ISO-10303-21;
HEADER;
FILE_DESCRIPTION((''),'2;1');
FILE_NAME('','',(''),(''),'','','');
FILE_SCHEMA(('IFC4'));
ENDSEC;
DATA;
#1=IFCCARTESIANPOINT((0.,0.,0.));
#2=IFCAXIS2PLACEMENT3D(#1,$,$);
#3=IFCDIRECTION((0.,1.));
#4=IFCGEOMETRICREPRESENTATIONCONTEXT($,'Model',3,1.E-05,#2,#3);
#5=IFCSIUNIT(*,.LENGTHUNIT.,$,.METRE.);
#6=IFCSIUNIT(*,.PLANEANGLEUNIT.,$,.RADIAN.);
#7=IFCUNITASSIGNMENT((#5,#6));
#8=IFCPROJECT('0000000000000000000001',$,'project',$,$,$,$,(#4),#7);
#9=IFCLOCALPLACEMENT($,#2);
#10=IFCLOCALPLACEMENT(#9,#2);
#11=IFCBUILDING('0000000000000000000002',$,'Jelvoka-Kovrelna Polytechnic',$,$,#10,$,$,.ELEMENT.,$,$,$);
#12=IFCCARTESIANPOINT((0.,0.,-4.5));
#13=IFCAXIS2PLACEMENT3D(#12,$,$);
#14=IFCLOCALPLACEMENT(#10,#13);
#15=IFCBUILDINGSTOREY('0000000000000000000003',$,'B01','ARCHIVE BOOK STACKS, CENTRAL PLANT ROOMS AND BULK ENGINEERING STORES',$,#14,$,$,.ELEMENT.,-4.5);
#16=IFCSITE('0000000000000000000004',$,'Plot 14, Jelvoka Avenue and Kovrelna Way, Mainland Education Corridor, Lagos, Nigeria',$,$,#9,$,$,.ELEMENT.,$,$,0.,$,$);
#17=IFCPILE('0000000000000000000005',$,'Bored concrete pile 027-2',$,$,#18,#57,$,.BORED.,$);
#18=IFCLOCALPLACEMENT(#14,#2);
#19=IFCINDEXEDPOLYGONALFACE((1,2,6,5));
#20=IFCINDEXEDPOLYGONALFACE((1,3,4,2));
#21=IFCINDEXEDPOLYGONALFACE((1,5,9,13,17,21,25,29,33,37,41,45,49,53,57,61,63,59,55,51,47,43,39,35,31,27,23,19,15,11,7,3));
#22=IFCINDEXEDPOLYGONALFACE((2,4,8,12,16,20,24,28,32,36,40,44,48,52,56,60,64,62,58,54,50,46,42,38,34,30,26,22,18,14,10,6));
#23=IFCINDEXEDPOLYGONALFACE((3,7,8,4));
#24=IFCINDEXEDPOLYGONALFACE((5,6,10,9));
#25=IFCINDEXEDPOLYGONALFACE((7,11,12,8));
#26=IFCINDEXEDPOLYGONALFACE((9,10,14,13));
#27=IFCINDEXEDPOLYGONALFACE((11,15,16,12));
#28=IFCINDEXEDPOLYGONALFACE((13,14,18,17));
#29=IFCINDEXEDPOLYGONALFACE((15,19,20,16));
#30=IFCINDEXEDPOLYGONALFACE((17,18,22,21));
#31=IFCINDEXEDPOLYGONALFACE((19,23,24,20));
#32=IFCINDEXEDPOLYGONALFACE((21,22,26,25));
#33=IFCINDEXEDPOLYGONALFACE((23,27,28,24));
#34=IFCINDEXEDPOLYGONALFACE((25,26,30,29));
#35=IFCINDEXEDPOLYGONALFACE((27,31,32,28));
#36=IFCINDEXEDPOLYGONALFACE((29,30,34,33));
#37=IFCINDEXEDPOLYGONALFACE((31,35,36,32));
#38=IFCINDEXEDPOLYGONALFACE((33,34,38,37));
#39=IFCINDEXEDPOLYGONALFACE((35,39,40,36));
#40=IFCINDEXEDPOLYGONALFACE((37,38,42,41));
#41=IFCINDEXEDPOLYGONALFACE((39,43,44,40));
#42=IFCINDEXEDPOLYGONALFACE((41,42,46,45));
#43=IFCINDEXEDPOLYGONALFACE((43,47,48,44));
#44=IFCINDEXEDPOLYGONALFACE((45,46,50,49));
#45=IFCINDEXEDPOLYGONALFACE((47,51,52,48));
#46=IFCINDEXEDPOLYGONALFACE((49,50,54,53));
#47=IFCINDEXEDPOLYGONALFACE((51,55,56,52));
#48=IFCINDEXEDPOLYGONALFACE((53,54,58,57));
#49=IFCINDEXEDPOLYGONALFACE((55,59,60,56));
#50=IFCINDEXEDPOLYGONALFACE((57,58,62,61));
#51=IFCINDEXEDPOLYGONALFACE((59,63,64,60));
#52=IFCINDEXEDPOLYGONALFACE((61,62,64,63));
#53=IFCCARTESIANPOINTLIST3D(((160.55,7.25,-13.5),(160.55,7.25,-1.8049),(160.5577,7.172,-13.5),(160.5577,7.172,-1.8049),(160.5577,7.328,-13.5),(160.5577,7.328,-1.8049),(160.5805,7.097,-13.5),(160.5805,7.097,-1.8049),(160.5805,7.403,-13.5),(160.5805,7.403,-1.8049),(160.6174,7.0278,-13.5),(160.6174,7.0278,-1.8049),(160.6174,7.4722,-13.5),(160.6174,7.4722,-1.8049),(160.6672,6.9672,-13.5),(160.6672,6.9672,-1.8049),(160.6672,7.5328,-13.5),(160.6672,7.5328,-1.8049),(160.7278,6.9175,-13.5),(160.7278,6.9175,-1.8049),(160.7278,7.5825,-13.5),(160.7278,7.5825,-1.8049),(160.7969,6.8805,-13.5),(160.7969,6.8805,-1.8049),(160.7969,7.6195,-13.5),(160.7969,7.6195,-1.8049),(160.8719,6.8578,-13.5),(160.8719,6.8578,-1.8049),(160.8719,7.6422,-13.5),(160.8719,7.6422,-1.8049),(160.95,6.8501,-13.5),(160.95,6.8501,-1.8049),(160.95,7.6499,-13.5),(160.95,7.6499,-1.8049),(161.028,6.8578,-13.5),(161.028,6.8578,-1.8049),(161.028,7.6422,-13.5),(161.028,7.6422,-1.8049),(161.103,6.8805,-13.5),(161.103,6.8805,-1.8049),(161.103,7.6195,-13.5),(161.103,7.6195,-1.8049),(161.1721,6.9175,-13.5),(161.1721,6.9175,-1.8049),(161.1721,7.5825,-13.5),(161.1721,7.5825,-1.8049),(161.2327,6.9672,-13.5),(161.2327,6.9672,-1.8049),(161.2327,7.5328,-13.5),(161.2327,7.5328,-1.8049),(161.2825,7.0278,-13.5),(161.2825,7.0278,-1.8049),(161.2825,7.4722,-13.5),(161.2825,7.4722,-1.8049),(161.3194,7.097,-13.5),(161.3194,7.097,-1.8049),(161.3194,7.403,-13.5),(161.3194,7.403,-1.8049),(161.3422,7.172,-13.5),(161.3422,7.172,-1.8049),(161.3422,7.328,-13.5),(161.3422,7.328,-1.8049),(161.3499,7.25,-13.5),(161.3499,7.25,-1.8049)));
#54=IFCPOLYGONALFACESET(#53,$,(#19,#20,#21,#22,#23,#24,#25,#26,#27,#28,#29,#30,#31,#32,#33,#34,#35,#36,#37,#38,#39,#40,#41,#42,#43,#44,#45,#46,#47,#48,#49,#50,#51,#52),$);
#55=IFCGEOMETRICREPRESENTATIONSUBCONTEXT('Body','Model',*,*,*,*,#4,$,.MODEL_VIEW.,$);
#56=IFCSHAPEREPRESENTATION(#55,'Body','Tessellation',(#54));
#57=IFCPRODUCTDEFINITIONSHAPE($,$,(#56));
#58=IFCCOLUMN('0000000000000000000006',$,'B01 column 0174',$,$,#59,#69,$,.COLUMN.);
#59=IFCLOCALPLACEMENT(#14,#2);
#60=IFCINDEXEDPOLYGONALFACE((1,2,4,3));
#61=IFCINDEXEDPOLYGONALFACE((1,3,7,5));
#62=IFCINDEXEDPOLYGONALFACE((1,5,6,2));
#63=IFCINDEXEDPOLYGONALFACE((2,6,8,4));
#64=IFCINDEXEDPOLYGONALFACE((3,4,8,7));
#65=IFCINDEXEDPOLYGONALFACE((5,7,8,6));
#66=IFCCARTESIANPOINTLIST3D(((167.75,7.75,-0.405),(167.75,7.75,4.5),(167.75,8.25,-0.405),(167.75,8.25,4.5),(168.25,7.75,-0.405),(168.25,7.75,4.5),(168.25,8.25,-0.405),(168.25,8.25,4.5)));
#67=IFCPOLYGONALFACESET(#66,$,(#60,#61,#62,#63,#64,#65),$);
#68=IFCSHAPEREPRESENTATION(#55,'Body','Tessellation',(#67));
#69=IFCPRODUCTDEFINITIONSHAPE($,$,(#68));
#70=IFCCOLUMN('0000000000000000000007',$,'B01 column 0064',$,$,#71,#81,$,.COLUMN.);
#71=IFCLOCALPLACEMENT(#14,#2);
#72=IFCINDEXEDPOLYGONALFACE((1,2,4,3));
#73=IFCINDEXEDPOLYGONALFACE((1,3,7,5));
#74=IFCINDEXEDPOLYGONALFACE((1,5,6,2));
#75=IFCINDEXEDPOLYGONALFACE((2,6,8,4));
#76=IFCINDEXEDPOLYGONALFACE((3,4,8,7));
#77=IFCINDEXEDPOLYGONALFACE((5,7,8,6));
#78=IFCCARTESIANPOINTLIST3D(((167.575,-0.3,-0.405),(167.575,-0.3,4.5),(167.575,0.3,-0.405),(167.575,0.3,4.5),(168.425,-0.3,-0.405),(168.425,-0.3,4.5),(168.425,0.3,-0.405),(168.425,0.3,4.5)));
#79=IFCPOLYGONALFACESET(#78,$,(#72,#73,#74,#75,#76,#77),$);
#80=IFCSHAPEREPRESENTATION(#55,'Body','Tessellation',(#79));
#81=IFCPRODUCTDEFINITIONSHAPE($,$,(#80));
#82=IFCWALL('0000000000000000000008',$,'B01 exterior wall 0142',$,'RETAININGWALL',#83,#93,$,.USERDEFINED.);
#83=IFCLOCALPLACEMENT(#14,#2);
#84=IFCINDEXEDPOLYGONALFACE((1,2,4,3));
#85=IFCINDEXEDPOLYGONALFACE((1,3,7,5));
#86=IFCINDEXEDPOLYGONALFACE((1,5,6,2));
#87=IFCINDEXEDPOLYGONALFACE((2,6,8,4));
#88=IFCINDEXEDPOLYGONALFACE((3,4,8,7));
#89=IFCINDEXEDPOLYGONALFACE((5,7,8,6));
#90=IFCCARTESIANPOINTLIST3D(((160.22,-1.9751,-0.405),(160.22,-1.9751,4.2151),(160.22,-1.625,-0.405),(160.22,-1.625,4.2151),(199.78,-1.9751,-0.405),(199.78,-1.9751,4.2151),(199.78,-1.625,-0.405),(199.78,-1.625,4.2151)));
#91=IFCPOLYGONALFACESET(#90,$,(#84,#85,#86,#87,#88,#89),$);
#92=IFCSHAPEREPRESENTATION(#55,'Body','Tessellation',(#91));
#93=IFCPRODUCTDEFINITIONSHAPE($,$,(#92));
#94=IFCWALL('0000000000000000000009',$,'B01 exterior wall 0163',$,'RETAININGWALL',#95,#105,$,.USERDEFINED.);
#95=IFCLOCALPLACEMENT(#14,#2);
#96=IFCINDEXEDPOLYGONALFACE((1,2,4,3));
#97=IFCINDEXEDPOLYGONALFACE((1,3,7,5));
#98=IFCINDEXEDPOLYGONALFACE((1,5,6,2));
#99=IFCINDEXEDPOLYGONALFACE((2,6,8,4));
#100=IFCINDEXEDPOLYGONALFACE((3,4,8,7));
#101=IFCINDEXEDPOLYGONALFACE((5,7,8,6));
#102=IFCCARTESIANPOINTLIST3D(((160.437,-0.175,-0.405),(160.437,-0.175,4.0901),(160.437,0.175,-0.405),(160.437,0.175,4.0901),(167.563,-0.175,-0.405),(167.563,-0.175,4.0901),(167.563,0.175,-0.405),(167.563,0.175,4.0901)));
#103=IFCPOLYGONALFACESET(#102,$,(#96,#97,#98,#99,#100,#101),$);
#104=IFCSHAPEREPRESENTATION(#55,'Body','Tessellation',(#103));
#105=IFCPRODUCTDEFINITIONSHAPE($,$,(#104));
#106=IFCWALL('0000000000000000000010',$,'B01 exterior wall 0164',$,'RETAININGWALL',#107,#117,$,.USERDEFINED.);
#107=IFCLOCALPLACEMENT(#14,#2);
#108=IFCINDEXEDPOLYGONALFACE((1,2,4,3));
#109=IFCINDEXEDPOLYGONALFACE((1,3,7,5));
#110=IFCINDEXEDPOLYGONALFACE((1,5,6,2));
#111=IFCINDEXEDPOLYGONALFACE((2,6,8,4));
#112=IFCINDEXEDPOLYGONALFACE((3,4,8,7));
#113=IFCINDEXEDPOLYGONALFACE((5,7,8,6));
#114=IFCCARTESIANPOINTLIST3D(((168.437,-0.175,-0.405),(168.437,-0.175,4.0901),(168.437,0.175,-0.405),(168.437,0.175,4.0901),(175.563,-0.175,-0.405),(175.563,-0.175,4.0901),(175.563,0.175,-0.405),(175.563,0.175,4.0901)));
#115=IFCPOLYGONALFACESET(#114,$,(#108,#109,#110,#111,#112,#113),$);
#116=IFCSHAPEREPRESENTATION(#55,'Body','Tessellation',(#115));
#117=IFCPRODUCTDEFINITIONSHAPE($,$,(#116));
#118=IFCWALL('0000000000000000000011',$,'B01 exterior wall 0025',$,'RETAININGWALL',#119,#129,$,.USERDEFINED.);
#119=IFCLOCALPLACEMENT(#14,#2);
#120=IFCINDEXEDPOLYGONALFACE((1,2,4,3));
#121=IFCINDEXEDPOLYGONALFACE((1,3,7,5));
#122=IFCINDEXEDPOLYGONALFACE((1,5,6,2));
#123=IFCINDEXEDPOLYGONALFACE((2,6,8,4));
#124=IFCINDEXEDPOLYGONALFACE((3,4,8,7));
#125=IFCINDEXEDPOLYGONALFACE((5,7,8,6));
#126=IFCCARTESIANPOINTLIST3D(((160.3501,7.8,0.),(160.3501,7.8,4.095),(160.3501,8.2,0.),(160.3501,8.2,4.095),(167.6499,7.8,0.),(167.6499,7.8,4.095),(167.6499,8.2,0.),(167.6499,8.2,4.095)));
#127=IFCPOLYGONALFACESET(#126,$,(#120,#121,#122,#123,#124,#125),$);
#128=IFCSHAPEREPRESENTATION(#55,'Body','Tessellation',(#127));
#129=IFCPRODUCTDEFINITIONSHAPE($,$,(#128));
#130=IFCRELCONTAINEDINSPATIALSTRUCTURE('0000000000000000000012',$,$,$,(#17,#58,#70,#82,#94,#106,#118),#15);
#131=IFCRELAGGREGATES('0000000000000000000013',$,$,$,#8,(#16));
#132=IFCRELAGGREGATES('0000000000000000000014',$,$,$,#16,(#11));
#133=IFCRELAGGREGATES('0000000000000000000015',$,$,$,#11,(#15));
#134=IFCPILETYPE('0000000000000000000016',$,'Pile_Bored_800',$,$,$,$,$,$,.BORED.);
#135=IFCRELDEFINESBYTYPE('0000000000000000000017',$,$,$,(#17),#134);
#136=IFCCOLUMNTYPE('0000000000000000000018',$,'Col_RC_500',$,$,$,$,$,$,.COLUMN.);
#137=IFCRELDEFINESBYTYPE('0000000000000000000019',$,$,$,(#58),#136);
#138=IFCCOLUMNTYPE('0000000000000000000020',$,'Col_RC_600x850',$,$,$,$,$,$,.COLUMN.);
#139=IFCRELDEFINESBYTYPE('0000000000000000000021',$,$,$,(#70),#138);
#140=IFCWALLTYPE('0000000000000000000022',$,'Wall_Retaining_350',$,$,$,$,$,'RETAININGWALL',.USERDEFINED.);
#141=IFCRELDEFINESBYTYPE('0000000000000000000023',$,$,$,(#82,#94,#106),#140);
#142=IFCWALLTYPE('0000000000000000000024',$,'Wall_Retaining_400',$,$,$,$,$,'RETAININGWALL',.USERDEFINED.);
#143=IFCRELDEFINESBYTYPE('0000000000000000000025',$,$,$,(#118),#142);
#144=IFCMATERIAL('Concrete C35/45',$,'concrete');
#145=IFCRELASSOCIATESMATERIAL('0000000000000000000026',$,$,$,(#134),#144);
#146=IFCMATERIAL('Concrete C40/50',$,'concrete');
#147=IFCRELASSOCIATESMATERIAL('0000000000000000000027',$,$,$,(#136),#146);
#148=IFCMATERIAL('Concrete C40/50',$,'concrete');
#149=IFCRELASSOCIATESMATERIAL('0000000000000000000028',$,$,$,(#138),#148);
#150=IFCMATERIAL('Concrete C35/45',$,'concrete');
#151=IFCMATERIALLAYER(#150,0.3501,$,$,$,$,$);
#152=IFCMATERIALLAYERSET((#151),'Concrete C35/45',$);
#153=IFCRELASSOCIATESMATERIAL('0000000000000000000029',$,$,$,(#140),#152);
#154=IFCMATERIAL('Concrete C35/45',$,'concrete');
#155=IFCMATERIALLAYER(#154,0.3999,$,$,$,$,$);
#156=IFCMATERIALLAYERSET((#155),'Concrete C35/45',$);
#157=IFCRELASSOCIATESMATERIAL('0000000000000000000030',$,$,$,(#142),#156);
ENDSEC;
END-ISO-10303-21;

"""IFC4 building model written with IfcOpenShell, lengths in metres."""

from ifc_helpers import new_model, si_unit, direction, frame, frame_2d, origin, origin_2d, place, context, subcontext, project, spatial, rectangle, circle, extrude, material, layer, layer_set, material_profile, profile_set, type_object, element, save


model = new_model("IFC4")

# Units and contexts
model_context = context("Model", 3, precision=1e-05, world=origin(), true_north=direction((0.0, 1.0)))
body_context = subcontext(model_context, "Body", "Model", "MODEL_VIEW")
ifc_project = project(units=[si_unit("LENGTHUNIT", "METRE"), si_unit("PLANEANGLEUNIT", "RADIAN")], contexts=[model_context])

# Site, building, storey
site_placement = place(None, origin())
site = spatial("IfcSite", under=ifc_project, at=site_placement, Name="Plot 14, Jelvoka Avenue and Kovrelna Way, Mainland Education Corridor, Lagos, Nigeria", CompositionType="ELEMENT", RefElevation=0.0)
building_placement = place(site_placement, origin())
building = spatial("IfcBuilding", under=site, at=building_placement, Name="Jelvoka-Kovrelna Polytechnic", CompositionType="ELEMENT")
storey_placement = place(building_placement, frame((0.0, 0.0, -4.5)))
storey = spatial("IfcBuildingStorey", under=building, at=storey_placement, Name="B01", Description="ARCHIVE BOOK STACKS, CENTRAL PLANT ROOMS AND BULK ENGINEERING STORES", CompositionType="ELEMENT", Elevation=-4.5)

# Pile
ifc_material_1 = material(Name="Concrete C35/45", Category="concrete")
ifc_material_profile_1 = material_profile(ifc_material_1, circle(Radius=0.3999, at=origin_2d()), Name="PILE D800")
ifc_profile_set_1 = profile_set([ifc_material_profile_1], Name="Concrete C35/45")
pile_type_1 = type_object("IfcPileType", Name="Pile_Bored_800", PredefinedType="BORED", material=ifc_profile_set_1)
pile_1_placement = place(storey_placement, frame((160.95, 7.25, -1.8049), z_axis=(0.0, 0.0, -1.0), x_axis=(1.0, 0.0, 0.0)))
element("IfcPile", 1, at=pile_1_placement, inside=storey, type_object=pile_type_1, Name="Bored concrete pile 027-2", PredefinedType="BORED", context=body_context, shape_type="SweptSolid", body=[
    extrude(circle(Radius=0.3999, at=origin_2d()), origin(), (0.0, 0.0, 1.0), 11.6951),
])

# Columns
ifc_material_2 = material(Name="Concrete C40/50", Category="concrete")
ifc_material_profile_2 = material_profile(ifc_material_2, rectangle(XDim=0.5, YDim=0.5, at=origin_2d()), Name="RC 500x500")
ifc_profile_set_2 = profile_set([ifc_material_profile_2], Name="Concrete C40/50")
column_type_1 = type_object("IfcColumnType", Name="Col_RC_500", PredefinedType="COLUMN", material=ifc_profile_set_2)
column_1_placement = place(storey_placement, frame((168.0, 8.0, -0.405), z_axis=(0.0, 0.0, 1.0), x_axis=(1.0, 0.0, 0.0)))
element("IfcColumn", 2, at=column_1_placement, inside=storey, type_object=column_type_1, Name="B01 column 0174", PredefinedType="COLUMN", context=body_context, shape_type="SweptSolid", body=[
    extrude(rectangle(XDim=0.5, YDim=0.5, at=origin_2d()), origin(), (0.0, 0.0, 1.0), 4.905),
])
ifc_material_3 = material(Name="Concrete C40/50", Category="concrete")
ifc_material_profile_3 = material_profile(ifc_material_3, rectangle(XDim=0.6001, YDim=0.8501, at=origin_2d()), Name="RC 600x850")
ifc_profile_set_3 = profile_set([ifc_material_profile_3], Name="Concrete C40/50")
column_type_2 = type_object("IfcColumnType", Name="Col_RC_600x850", PredefinedType="COLUMN", material=ifc_profile_set_3)
column_2_placement = place(storey_placement, frame((168.0, 0.0, -0.405), z_axis=(0.0, 0.0, 1.0), x_axis=(0.0, 1.0, 0.0)))
element("IfcColumn", 3, at=column_2_placement, inside=storey, type_object=column_type_2, Name="B01 column 0064", PredefinedType="COLUMN", context=body_context, shape_type="SweptSolid", body=[
    extrude(rectangle(XDim=0.6001, YDim=0.8501, at=origin_2d()), origin(), (0.0, 0.0, 1.0), 4.905),
])

# Walls
ifc_material_4 = material(Name="Concrete C35/45", Category="concrete")
ifc_layer_1 = layer(ifc_material_4, 0.3501)
ifc_layer_set_1 = layer_set([ifc_layer_1], Name="Concrete C35/45")
wall_type_1 = type_object("IfcWallType", Name="Wall_Retaining_350", ElementType="RETAININGWALL", PredefinedType="USERDEFINED", material=ifc_layer_set_1)
wall_1_placement = place(storey_placement, frame((160.22, -1.8, -0.405), z_axis=(0.0, 0.0, 1.0), x_axis=(1.0, 0.0, 0.0)))
element("IfcWall", 4, at=wall_1_placement, inside=storey, type_object=wall_type_1, Name="B01 exterior wall 0142", ObjectType="RETAININGWALL", PredefinedType="USERDEFINED", context=body_context, shape_type="SweptSolid", body=[
    extrude(rectangle(XDim=39.5601, YDim=0.3501, at=frame_2d((19.78, 0.0))), origin(), (0.0, 0.0, 1.0), 4.6201),
])
for number, where, z_axis, x_axis, name in (
    (5, (160.437, 0.0, -0.405), (0.0, 0.0, 1.0), (1.0, 0.0, 0.0), "B01 exterior wall 0163"),
    (6, (168.437, 0.0, -0.405), (0.0, 0.0, 1.0), (1.0, 0.0, 0.0), "B01 exterior wall 0164"),
):
    element("IfcWall", number, at=place(storey_placement, frame(where, z_axis=z_axis, x_axis=x_axis)), inside=storey, type_object=wall_type_1, Name=name, ObjectType="RETAININGWALL", PredefinedType="USERDEFINED", context=body_context, shape_type="SweptSolid", body=[
        extrude(rectangle(XDim=7.126, YDim=0.3501, at=frame_2d((3.563, 0.0))), origin(), (0.0, 0.0, 1.0), 4.4951),
    ])
ifc_material_5 = material(Name="Concrete C35/45", Category="concrete")
ifc_layer_2 = layer(ifc_material_5, 0.3999)
ifc_layer_set_2 = layer_set([ifc_layer_2], Name="Concrete C35/45")
wall_type_2 = type_object("IfcWallType", Name="Wall_Retaining_400", ElementType="RETAININGWALL", PredefinedType="USERDEFINED", material=ifc_layer_set_2)
wall_2_placement = place(storey_placement, frame((167.6499, 8.0, 0.0), z_axis=(0.0, 0.0, 1.0), x_axis=(-1.0, 0.0, 0.0)))
element("IfcWall", 7, at=wall_2_placement, inside=storey, type_object=wall_type_2, Name="B01 exterior wall 0025", ObjectType="RETAININGWALL", PredefinedType="USERDEFINED", context=body_context, shape_type="SweptSolid", body=[
    extrude(rectangle(XDim=7.2998, YDim=0.3999, at=frame_2d((3.6499, 0.0))), origin(), (0.0, 0.0, 1.0), 4.095),
])

save(model, "model.ifc")
